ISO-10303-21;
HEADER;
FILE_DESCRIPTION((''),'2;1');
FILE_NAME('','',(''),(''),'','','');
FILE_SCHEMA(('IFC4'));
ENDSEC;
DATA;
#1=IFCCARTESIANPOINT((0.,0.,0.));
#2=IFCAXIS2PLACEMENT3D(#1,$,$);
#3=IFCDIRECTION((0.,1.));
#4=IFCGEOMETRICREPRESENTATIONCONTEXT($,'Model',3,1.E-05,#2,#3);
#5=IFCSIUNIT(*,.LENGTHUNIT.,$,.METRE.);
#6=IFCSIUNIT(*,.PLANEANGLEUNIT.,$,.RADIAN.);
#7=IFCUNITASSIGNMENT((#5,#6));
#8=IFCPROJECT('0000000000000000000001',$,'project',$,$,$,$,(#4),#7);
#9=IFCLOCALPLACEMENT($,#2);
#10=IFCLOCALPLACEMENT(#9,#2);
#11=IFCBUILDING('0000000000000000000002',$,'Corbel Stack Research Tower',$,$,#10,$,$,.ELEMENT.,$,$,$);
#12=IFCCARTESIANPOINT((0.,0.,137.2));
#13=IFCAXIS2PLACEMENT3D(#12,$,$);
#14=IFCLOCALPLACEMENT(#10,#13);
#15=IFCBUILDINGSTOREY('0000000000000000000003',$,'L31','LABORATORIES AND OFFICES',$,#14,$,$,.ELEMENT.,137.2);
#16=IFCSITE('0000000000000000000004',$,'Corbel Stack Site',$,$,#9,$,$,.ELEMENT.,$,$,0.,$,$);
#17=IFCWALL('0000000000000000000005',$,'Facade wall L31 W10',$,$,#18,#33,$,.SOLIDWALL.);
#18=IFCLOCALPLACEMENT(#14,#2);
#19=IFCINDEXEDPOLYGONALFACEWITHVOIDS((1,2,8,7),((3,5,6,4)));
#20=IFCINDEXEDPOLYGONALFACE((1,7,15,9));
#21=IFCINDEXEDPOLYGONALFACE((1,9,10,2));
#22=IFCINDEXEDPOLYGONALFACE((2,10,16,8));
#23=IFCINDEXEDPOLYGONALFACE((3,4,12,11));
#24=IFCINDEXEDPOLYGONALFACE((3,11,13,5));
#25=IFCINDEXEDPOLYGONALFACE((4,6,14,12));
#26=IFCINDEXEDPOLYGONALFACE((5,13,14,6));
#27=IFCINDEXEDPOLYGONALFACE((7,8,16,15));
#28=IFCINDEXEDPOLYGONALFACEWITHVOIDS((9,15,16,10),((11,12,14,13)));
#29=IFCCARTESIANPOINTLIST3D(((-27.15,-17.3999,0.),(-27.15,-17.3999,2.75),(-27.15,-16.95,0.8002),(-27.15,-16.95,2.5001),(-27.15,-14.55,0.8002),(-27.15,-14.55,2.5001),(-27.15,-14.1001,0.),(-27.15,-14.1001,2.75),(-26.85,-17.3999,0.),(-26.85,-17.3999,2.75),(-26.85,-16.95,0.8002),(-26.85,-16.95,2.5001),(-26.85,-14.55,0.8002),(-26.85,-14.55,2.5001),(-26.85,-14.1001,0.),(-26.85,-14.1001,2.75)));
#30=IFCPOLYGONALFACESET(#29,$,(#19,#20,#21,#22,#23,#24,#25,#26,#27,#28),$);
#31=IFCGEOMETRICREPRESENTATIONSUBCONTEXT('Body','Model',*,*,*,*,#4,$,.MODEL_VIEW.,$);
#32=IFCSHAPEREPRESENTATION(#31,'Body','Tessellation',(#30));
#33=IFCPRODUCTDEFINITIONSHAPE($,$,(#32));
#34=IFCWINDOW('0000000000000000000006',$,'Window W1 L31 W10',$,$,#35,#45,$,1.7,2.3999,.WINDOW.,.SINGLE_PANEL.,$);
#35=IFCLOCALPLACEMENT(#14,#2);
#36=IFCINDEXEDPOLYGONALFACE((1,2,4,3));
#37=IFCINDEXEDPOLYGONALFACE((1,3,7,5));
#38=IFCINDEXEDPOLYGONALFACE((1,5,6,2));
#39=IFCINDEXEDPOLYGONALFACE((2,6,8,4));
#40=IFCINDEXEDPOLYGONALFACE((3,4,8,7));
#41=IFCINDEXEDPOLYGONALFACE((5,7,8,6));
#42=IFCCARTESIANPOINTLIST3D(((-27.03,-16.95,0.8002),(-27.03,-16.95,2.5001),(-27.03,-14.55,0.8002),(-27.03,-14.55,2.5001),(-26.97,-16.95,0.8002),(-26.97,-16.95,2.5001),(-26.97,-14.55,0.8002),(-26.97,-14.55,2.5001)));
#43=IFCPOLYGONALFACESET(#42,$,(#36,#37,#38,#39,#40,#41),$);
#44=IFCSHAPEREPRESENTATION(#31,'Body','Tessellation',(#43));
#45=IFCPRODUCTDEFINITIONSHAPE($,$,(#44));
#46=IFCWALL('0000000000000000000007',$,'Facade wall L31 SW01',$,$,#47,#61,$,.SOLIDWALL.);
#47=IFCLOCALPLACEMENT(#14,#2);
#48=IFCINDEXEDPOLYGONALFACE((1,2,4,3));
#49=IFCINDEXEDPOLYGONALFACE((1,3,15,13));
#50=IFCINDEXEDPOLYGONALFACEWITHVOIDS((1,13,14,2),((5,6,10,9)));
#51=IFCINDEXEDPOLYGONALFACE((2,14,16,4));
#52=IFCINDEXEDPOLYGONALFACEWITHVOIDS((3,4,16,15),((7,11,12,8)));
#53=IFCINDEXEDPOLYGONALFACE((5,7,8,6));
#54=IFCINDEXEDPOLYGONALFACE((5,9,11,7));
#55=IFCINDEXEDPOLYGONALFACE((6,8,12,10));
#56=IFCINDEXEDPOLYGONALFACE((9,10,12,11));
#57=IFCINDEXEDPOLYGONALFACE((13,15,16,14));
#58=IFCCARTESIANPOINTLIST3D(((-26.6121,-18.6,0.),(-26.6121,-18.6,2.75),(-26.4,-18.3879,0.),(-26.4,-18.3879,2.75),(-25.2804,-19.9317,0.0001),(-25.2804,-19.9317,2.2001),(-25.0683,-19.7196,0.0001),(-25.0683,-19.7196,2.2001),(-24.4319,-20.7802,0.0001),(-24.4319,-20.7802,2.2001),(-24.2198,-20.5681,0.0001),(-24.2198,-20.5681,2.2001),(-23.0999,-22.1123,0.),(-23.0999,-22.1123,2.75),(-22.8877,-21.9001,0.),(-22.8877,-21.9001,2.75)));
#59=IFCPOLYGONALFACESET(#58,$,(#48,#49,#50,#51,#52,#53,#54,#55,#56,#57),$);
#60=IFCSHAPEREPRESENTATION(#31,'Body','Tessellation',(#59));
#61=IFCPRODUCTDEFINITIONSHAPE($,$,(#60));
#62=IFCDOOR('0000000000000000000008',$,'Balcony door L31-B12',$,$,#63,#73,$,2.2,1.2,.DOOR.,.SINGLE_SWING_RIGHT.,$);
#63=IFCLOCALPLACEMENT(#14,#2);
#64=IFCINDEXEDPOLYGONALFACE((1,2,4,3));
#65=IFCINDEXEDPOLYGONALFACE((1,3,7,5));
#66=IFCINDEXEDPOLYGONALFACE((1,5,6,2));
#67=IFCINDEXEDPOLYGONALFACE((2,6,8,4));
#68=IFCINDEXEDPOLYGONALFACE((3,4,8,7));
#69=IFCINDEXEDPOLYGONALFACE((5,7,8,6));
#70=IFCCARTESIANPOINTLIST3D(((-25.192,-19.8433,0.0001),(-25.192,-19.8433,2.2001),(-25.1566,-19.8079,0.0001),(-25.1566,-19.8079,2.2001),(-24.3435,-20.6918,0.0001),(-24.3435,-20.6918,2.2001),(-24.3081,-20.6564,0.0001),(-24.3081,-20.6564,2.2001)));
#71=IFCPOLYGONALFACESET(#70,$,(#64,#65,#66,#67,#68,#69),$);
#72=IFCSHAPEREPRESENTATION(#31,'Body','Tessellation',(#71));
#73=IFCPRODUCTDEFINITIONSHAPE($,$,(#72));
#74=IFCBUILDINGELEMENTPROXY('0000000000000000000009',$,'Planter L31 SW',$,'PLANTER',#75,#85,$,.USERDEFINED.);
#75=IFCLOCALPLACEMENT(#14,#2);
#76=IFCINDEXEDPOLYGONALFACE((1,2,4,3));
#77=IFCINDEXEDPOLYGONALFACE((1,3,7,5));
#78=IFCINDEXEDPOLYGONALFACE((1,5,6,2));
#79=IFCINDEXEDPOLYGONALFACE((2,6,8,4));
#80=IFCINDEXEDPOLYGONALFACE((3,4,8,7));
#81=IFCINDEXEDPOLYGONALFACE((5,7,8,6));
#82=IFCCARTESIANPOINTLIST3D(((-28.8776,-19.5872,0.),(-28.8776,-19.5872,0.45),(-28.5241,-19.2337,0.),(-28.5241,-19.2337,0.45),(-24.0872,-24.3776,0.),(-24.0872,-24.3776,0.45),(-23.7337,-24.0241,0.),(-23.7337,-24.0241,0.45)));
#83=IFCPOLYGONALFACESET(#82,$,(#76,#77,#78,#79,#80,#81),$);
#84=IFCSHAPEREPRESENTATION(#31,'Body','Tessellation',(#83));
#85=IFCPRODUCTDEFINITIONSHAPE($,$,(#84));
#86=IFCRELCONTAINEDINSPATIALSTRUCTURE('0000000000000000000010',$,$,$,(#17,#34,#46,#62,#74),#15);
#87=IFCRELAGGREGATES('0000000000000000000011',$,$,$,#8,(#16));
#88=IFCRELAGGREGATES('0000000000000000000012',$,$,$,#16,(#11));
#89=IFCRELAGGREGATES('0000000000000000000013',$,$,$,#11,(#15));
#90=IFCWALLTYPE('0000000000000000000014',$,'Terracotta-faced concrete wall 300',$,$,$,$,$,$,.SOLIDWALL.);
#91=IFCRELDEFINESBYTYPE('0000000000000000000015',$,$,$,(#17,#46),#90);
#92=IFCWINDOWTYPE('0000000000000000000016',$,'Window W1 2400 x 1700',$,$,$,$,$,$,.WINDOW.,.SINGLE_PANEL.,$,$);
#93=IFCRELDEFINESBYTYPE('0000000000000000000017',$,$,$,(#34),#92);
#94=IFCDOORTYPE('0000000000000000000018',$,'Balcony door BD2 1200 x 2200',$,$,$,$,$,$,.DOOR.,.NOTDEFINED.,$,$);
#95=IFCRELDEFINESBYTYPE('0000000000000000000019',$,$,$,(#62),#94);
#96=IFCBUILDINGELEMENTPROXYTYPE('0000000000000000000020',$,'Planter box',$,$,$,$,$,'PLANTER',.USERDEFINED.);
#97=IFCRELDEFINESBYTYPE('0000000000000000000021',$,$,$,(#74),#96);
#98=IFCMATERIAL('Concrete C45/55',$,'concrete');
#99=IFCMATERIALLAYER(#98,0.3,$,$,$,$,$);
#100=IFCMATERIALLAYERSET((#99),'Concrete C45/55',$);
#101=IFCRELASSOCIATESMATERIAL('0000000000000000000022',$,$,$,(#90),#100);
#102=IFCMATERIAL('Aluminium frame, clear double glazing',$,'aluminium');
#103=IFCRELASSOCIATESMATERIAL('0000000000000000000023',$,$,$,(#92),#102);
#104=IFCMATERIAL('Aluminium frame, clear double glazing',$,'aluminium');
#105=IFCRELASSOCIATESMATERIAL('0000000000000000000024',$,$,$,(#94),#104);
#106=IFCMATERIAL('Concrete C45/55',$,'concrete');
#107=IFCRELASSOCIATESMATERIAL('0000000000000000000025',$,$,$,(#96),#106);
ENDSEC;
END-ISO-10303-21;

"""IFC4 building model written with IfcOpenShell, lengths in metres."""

from ifc_helpers import new_model, si_unit, direction, frame, frame_2d, origin, origin_2d, place, context, subcontext, project, spatial, rectangle, extrude, material, layer, layer_set, type_object, element, fill, save


model = new_model("IFC4")

# Units and contexts
model_context = context("Model", 3, precision=1e-05, world=origin(), true_north=direction((0.0, 1.0)))
body_context = subcontext(model_context, "Body", "Model", "MODEL_VIEW")
ifc_project = project(units=[si_unit("LENGTHUNIT", "METRE"), si_unit("PLANEANGLEUNIT", "RADIAN")], contexts=[model_context])

# Site, building, storey
site_placement = place(None, origin())
site = spatial("IfcSite", under=ifc_project, at=site_placement, Name="Corbel Stack Site", CompositionType="ELEMENT", RefElevation=0.0)
building_placement = place(site_placement, origin())
building = spatial("IfcBuilding", under=site, at=building_placement, Name="Corbel Stack Research Tower", CompositionType="ELEMENT")
storey_placement = place(building_placement, frame((0.0, 0.0, 137.2)))
storey = spatial("IfcBuildingStorey", under=building, at=storey_placement, Name="L31", Description="LABORATORIES AND OFFICES", CompositionType="ELEMENT", Elevation=137.2)

# Wall, opening, window
ifc_material_1 = material(Name="Concrete C45/55", Category="concrete")
ifc_layer_1 = layer(ifc_material_1, 0.3)
ifc_layer_set_1 = layer_set([ifc_layer_1], Name="Concrete C45/55")
wall_type_1 = type_object("IfcWallType", Name="Terracotta-faced concrete wall 300", PredefinedType="SOLIDWALL", material=ifc_layer_set_1)
wall_1_placement = place(storey_placement, frame((-27.0, -17.3999, 0.0), z_axis=(0.0, 0.0, 1.0), x_axis=(0.0, 1.0, 0.0)))
wall_1 = element("IfcWall", 1, at=wall_1_placement, inside=storey, type_object=wall_type_1, Name="Facade wall L31 W10", PredefinedType="SOLIDWALL", context=body_context, shape_type="SweptSolid", body=[
    extrude(rectangle(XDim=3.2998, YDim=0.3, at=frame_2d((1.6499, 0.0))), origin(), (0.0, 0.0, 1.0), 2.75),
])
opening_1_placement = place(wall_1_placement, frame((0.45, 0.0, 0.8)))
opening_1 = element("IfcOpeningElement", 2, at=opening_1_placement, cuts=wall_1, PredefinedType="OPENING", context=body_context, shape_type="SweptSolid", body=[
    extrude(rectangle(XDim=2.3999, YDim=1.7, at=frame_2d((1.2, 0.8501))), frame((0.0, 0.1599, 0.0), z_axis=(0.0, -1.0, 0.0), x_axis=(1.0, 0.0, 0.0)), (0.0, 0.0, 1.0), 0.3201),
])
ifc_material_2 = material(Name="Aluminium frame, clear double glazing", Category="aluminium")
window_type = type_object("IfcWindowType", Name="Window W1 2400 x 1700", PartitioningType="SINGLE_PANEL", PredefinedType="WINDOW", material=ifc_material_2)
window_placement = place(opening_1_placement, origin())
window = element("IfcWindow", 3, at=window_placement, inside=storey, type_object=window_type, Name="Window W1 L31 W10", OverallHeight=1.7, OverallWidth=2.3999, PartitioningType="SINGLE_PANEL", PredefinedType="WINDOW", context=body_context, shape_type="SweptSolid", body=[
    extrude(rectangle(XDim=2.3999, YDim=1.7, at=frame_2d((1.2, 0.8501))), frame((0.0, 0.03, 0.0), z_axis=(0.0, -1.0, 0.0), x_axis=(1.0, 0.0, 0.0)), (0.0, 0.0, 1.0), 0.0601),
])
fill(opening_1, window)

# Wall, opening, door
wall_2_placement = place(storey_placement, frame((-22.9939, -22.0061, 0.0), z_axis=(0.0, 0.0, 1.0), x_axis=(-0.707107, 0.707107, 0.0)))
wall_2 = element("IfcWall", 4, at=wall_2_placement, inside=storey, type_object=wall_type_1, Name="Facade wall L31 SW01", PredefinedType="SOLIDWALL", context=body_context, shape_type="SweptSolid", body=[
    extrude(rectangle(XDim=4.967, YDim=0.3, at=frame_2d((2.4834, 0.0))), origin(), (0.0, 0.0, 1.0), 2.75),
])
opening_2_placement = place(wall_2_placement, frame((1.8835, 0.0, 0.0)))
opening_2 = element("IfcOpeningElement", 5, at=opening_2_placement, cuts=wall_2, PredefinedType="OPENING", context=body_context, shape_type="SweptSolid", body=[
    extrude(rectangle(XDim=1.2, YDim=2.2, at=frame_2d((0.6001, 1.1001))), frame((0.0, 0.1599, 0.0), z_axis=(0.0, -1.0, 0.0), x_axis=(1.0, 0.0, 0.0)), (0.0, 0.0, 1.0), 0.3201),
])
ifc_material_3 = material(Name="Aluminium frame, clear double glazing", Category="aluminium")
door_type_1 = type_object("IfcDoorType", Name="Balcony door BD2 1200 x 2200", OperationType="NOTDEFINED", PredefinedType="DOOR", material=ifc_material_3)
door_1_placement = place(opening_2_placement, origin())
door_1 = element("IfcDoor", 6, at=door_1_placement, inside=storey, type_object=door_type_1, Name="Balcony door L31-B12", OperationType="SINGLE_SWING_RIGHT", OverallHeight=2.2, OverallWidth=1.2, PredefinedType="DOOR", context=body_context, shape_type="SweptSolid", body=[
    extrude(rectangle(XDim=1.2, YDim=2.2, at=frame_2d((0.6001, 1.1001))), frame((0.0, 0.0249, 0.0), z_axis=(0.0, -1.0, 0.0), x_axis=(1.0, 0.0, 0.0)), (0.0, 0.0, 1.0), 0.05),
])
fill(opening_2, door_1)

# Building element proxy
ifc_material_4 = material(Name="Concrete C45/55", Category="concrete")
building_element_proxy_type = type_object("IfcBuildingElementProxyType", Name="Planter box", ElementType="PLANTER", PredefinedType="USERDEFINED", material=ifc_material_4)
proxy_placement = place(storey_placement, frame((-26.3057, -21.8057, 0.0), z_axis=(0.0, 0.0, 1.0), x_axis=(0.707107, -0.707107, 0.0)))
element("IfcBuildingElementProxy", 7, at=proxy_placement, inside=storey, type_object=building_element_proxy_type, Name="Planter L31 SW", ObjectType="PLANTER", PredefinedType="USERDEFINED", context=body_context, shape_type="SweptSolid", body=[
    extrude(rectangle(XDim=6.7747, YDim=0.5, at=origin_2d()), origin(), (0.0, 0.0, 1.0), 0.45),
])

save(model, "model.ifc")
